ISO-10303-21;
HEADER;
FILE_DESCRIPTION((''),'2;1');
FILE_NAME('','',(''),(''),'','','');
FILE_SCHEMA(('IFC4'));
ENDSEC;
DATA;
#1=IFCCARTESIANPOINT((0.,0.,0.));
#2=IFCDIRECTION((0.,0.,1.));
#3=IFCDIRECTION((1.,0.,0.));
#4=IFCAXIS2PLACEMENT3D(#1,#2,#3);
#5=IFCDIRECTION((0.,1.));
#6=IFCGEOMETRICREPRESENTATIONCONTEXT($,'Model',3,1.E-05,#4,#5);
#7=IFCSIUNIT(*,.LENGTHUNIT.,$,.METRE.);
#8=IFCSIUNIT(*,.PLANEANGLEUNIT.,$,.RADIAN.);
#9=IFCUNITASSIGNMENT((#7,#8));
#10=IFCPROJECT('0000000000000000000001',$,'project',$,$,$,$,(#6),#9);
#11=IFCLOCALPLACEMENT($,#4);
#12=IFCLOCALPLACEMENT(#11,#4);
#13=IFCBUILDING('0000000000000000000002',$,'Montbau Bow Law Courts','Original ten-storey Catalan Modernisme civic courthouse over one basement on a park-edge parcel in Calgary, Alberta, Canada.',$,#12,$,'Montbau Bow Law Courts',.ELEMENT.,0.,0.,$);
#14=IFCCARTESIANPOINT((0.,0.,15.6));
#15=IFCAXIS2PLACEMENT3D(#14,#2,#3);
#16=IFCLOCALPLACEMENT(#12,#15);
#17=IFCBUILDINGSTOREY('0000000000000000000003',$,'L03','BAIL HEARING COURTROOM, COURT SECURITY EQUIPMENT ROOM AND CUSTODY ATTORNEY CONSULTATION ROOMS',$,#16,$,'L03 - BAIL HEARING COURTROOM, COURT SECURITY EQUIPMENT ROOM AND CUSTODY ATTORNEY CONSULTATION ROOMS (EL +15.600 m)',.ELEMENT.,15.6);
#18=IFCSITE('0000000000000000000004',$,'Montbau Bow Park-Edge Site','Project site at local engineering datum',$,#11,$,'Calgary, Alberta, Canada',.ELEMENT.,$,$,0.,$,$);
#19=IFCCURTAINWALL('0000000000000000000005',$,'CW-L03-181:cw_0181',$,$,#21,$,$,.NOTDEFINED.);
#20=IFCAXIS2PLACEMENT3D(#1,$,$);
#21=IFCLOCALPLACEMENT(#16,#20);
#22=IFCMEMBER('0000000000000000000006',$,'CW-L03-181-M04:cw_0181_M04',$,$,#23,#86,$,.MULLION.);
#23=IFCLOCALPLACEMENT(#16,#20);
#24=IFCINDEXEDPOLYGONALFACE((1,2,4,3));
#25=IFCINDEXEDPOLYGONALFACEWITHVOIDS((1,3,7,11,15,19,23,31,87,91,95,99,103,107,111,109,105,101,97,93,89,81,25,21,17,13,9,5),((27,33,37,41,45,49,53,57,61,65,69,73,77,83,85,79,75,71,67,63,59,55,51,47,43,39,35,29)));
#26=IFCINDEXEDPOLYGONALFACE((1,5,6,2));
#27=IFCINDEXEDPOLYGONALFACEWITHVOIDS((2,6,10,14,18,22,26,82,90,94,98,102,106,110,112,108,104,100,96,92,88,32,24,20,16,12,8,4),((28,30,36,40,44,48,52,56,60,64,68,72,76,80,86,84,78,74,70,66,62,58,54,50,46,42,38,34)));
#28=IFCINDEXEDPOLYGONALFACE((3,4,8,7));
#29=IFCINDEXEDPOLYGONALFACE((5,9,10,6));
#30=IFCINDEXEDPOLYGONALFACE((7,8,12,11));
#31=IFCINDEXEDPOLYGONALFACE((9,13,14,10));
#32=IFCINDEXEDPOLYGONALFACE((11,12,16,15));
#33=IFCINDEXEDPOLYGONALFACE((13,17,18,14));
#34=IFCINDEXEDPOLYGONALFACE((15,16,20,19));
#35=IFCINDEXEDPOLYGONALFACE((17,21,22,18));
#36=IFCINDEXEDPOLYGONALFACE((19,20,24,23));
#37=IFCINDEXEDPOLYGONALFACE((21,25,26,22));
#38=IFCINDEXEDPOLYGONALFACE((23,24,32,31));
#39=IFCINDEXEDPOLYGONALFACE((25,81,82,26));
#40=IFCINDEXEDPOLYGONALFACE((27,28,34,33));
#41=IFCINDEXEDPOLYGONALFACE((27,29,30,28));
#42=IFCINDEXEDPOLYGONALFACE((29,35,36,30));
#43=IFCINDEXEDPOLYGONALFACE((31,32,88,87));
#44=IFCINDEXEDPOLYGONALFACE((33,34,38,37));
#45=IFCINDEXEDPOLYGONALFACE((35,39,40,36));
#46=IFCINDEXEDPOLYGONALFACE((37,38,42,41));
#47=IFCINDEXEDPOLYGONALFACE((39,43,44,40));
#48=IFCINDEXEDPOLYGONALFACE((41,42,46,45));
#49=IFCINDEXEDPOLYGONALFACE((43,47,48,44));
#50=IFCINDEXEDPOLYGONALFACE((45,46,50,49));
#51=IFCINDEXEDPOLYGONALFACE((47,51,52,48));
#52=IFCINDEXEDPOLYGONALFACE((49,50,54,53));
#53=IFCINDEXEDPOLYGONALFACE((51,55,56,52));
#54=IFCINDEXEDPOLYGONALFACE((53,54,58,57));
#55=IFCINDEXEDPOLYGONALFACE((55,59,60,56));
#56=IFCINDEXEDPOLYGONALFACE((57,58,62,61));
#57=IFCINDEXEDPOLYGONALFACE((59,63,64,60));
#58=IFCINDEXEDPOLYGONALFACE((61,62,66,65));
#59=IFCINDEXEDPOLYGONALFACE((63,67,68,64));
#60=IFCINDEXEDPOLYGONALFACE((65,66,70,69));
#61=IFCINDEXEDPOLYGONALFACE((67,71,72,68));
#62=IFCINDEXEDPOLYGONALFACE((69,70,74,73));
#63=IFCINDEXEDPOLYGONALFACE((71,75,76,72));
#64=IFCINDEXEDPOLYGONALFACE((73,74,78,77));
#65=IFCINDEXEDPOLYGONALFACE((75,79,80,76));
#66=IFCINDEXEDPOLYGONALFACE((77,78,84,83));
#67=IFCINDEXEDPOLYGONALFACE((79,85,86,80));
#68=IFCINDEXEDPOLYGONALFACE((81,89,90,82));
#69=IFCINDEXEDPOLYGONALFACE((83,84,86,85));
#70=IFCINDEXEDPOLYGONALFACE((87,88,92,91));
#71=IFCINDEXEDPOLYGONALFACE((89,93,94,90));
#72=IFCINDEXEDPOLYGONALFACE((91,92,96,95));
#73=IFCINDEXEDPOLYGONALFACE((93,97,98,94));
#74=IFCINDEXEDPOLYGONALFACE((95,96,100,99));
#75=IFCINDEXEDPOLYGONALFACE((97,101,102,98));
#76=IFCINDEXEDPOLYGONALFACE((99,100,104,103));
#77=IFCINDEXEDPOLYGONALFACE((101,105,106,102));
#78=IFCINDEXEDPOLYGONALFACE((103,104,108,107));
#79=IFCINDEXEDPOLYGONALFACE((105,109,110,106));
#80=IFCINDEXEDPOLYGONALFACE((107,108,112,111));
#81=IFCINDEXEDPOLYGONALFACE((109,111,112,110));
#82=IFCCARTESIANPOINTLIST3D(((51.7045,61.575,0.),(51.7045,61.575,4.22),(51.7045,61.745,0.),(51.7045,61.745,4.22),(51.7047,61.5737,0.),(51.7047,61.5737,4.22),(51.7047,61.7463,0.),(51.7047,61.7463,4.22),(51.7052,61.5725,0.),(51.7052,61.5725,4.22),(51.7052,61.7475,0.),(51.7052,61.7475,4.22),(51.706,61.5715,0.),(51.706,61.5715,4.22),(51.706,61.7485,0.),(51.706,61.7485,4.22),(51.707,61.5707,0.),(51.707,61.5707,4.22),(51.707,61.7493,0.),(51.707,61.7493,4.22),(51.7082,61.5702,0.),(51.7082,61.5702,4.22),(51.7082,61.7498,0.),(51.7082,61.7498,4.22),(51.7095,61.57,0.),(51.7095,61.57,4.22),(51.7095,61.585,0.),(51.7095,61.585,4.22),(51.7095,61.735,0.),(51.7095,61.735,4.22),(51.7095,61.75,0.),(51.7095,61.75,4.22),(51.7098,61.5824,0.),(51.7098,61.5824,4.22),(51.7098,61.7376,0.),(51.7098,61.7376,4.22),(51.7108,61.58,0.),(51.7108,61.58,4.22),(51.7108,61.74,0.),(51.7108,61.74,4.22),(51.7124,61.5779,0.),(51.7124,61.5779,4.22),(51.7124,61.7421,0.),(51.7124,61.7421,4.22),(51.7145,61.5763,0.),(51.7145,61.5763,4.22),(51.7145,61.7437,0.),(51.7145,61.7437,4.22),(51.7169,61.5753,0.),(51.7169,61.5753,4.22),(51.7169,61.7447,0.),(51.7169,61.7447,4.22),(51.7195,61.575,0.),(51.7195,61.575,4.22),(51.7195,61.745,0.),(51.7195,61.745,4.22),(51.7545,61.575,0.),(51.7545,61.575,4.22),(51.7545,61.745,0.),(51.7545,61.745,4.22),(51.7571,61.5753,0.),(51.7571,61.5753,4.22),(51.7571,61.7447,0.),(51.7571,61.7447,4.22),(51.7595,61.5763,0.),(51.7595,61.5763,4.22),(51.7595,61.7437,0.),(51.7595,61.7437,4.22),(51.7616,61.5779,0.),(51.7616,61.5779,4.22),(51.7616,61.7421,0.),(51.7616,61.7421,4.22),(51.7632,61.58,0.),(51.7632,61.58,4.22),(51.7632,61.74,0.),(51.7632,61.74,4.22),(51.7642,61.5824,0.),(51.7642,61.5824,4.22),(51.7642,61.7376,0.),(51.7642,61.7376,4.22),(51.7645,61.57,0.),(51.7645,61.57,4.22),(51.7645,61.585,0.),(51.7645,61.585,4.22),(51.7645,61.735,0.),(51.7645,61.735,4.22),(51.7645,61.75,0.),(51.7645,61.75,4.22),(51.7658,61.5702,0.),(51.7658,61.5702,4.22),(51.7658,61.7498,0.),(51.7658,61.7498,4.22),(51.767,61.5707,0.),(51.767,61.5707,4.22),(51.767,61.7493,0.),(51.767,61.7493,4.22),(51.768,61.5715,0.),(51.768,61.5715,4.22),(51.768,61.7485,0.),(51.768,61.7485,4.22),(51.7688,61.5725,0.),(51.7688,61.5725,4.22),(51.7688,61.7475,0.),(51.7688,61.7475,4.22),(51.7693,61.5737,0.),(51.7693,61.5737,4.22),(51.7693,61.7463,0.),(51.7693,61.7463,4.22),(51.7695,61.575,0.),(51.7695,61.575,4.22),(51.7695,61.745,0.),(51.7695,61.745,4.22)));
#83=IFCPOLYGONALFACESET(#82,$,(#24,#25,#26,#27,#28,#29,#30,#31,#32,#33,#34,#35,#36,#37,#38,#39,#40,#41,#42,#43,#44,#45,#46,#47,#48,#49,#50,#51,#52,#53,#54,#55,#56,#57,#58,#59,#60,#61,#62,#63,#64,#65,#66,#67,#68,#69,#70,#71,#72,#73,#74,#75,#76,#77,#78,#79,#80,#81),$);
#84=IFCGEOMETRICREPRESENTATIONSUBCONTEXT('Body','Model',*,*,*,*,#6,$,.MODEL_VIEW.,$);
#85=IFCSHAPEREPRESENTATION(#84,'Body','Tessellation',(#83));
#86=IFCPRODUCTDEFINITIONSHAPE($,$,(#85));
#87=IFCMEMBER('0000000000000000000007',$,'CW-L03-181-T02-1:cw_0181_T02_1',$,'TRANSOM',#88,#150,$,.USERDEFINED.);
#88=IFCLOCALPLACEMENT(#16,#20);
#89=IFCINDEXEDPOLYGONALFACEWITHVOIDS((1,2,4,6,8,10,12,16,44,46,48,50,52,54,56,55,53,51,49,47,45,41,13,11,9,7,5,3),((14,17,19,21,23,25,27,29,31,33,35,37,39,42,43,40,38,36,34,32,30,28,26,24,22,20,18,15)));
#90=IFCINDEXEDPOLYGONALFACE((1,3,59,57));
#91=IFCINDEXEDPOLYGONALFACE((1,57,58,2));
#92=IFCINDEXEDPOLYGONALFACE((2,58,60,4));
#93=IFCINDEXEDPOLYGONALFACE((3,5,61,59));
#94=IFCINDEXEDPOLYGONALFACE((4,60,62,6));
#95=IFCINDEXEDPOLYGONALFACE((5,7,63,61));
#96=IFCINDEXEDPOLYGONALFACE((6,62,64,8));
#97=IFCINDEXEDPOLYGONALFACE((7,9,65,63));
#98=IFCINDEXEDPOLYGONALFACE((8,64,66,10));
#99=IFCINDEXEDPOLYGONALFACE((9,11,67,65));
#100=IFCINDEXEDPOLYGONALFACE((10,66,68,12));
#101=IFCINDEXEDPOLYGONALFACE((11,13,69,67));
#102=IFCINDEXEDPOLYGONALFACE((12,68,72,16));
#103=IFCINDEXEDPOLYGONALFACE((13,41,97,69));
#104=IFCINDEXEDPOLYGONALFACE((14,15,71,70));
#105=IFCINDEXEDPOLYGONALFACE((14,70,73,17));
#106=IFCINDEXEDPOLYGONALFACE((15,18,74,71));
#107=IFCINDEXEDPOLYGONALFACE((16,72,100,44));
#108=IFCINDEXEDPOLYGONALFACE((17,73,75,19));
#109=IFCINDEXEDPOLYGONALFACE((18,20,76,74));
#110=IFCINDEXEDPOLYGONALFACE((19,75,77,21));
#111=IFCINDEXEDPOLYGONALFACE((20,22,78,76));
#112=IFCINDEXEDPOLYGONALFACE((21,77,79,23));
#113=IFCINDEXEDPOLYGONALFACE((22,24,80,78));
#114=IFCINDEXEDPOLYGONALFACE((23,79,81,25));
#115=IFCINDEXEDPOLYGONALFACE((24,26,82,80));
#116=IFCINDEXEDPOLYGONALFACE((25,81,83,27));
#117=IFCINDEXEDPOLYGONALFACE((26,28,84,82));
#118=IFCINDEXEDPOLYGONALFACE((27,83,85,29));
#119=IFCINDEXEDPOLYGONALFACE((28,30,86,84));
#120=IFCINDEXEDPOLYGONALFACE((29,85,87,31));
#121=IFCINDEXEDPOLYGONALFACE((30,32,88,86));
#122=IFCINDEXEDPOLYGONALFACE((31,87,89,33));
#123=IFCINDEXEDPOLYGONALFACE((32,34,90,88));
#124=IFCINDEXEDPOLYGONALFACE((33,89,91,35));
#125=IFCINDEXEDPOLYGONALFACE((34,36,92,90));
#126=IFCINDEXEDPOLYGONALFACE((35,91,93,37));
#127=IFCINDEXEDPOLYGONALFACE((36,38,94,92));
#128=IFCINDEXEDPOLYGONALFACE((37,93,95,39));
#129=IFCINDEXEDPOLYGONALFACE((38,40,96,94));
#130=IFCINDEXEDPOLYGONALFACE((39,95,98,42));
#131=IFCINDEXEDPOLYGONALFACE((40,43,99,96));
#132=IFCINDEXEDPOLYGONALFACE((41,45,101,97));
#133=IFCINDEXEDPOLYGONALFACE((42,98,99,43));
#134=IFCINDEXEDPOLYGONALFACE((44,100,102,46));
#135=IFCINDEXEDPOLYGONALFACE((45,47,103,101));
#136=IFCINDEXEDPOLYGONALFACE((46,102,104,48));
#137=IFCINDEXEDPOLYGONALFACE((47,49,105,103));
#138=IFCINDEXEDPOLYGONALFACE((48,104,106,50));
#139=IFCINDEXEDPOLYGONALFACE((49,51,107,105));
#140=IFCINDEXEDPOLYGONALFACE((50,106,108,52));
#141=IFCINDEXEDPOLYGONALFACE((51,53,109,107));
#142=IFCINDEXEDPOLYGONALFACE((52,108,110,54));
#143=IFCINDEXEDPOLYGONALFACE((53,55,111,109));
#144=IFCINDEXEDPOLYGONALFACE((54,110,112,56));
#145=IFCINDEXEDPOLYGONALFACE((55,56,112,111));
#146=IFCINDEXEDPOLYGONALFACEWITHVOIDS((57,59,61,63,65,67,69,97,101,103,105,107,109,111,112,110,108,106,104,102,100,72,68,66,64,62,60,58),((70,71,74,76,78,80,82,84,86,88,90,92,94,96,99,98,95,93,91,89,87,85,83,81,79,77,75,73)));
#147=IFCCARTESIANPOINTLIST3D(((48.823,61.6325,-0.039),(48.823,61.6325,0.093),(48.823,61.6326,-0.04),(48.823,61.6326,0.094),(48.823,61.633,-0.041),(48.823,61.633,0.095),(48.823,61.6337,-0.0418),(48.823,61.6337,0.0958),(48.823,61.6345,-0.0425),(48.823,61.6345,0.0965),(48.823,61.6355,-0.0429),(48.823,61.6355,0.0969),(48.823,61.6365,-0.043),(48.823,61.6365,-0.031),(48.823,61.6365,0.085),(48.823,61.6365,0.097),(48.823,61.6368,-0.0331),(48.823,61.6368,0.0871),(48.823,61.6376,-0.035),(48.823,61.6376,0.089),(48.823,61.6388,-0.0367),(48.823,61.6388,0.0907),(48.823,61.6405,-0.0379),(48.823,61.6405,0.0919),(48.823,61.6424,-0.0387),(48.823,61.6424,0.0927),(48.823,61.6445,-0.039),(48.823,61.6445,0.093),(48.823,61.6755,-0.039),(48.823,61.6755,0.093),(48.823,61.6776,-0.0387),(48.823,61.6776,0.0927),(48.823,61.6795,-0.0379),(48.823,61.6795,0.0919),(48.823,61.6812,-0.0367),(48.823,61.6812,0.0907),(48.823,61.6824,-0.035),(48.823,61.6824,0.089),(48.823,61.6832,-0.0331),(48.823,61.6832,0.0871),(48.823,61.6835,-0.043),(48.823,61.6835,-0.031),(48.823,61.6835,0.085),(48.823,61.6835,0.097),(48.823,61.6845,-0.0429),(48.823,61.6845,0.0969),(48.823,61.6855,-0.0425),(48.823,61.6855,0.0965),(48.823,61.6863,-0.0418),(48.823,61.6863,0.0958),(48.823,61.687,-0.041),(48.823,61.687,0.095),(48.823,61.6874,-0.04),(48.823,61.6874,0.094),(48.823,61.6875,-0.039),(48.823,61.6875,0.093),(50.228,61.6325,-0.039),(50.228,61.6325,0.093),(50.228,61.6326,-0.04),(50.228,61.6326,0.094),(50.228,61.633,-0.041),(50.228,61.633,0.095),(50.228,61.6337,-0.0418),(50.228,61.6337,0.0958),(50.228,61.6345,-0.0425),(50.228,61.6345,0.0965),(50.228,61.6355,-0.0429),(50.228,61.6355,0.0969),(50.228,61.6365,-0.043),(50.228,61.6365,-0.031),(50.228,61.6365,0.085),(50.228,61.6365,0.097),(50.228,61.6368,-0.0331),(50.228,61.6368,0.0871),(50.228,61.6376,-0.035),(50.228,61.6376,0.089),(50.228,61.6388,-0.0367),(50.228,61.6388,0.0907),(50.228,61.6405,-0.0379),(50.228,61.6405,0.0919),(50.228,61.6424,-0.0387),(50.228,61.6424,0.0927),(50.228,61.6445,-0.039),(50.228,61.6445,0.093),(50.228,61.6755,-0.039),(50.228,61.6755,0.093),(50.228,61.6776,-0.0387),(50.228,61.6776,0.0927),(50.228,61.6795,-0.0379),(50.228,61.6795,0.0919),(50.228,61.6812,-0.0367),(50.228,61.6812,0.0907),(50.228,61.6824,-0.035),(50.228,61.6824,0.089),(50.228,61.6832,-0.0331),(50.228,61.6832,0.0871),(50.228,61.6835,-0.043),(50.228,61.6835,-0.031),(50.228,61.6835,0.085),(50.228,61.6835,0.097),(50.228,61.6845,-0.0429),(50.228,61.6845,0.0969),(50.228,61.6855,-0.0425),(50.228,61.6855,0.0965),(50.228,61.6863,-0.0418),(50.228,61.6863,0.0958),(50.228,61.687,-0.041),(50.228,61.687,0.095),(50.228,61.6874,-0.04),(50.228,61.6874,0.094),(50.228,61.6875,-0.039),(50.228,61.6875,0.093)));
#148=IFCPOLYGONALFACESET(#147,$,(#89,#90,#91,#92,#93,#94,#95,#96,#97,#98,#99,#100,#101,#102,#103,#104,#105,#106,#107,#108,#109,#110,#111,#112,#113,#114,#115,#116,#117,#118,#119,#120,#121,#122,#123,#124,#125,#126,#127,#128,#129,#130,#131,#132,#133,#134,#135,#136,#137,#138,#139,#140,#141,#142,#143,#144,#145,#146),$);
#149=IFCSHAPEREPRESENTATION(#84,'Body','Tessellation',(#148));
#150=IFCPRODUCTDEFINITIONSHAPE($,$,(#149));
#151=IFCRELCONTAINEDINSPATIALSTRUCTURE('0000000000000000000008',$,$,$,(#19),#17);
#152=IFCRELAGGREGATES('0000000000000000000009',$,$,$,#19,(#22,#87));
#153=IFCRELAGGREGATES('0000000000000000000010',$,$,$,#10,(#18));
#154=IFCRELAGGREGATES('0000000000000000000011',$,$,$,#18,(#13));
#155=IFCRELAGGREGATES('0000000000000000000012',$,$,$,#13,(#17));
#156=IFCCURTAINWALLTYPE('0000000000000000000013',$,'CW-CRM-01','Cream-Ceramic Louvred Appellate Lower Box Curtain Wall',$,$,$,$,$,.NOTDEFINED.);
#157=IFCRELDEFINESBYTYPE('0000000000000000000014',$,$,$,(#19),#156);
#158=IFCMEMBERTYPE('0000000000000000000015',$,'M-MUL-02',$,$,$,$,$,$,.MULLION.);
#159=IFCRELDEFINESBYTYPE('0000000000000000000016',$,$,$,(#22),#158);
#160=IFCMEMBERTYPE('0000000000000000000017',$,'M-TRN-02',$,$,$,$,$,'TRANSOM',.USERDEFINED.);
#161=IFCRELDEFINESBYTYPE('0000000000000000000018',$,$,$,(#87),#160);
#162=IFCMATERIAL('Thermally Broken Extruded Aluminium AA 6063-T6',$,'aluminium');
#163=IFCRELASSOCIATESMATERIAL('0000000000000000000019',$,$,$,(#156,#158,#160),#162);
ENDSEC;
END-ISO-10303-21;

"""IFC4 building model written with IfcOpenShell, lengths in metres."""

from ifc_helpers import new_model, si_unit, direction, frame, origin_with_axes, origin_2d_with_axis, place, context, subcontext, project, spatial, hollow_rectangle, extrude, material, material_profile, profile_set, type_object, element, aggregate, save


model = new_model("IFC4")

# Units and contexts
model_context = context("Model", 3, precision=1e-05, world=origin_with_axes(), true_north=direction((0.0, 1.0)))
body_context = subcontext(model_context, "Body", "Model", "MODEL_VIEW")
ifc_project = project(units=[si_unit("LENGTHUNIT", "METRE"), si_unit("PLANEANGLEUNIT", "RADIAN")], contexts=[model_context])

# Site, building, storey
site_placement = place(None, origin_with_axes())
site = spatial("IfcSite", under=ifc_project, at=site_placement, Name="Montbau Bow Park-Edge Site", Description="Project site at local engineering datum", LongName="Calgary, Alberta, Canada", CompositionType="ELEMENT", RefElevation=0.0)
building_placement = place(site_placement, origin_with_axes())
building = spatial("IfcBuilding", under=site, at=building_placement, Name="Montbau Bow Law Courts", Description="Original ten-storey Catalan Modernisme civic courthouse over one basement on a park-edge parcel in Calgary, Alberta, Canada.", LongName="Montbau Bow Law Courts", CompositionType="ELEMENT", ElevationOfRefHeight=0.0, ElevationOfTerrain=0.0)
storey_placement = place(building_placement, frame((0.0, 0.0, 15.6), z_axis=(0.0, 0.0, 1.0), x_axis=(1.0, 0.0, 0.0)))
storey = spatial("IfcBuildingStorey", under=building, at=storey_placement, Name="L03", Description="BAIL HEARING COURTROOM, COURT SECURITY EQUIPMENT ROOM AND CUSTODY ATTORNEY CONSULTATION ROOMS", LongName="L03 - BAIL HEARING COURTROOM, COURT SECURITY EQUIPMENT ROOM AND CUSTODY ATTORNEY CONSULTATION ROOMS (EL +15.600 m)", CompositionType="ELEMENT", Elevation=15.6)

# Curtain wall, members
ifc_material_1 = material(Name="Thermally Broken Extruded Aluminium AA 6063-T6", Category="aluminium")
curtain_wall_type = type_object("IfcCurtainWallType", Name="CW-CRM-01", Description="Cream-Ceramic Louvred Appellate Lower Box Curtain Wall", PredefinedType="NOTDEFINED", material=ifc_material_1)
curtain_wall_placement = place(None, frame((47.315, 61.66, 15.6), z_axis=(0.0, 0.0, 1.0), x_axis=(1.0, 0.0, 0.0)))
curtain_wall = element("IfcCurtainWall", 1, at=curtain_wall_placement, inside=storey, type_object=curtain_wall_type, Name="CW-L03-181:cw_0181", PredefinedType="NOTDEFINED")
ifc_material_profile_1 = material_profile(ifc_material_1, hollow_rectangle(XDim=0.065, YDim=0.18, WallThickness=0.005, InnerFilletRadius=0.01, OuterFilletRadius=0.005, at=origin_2d_with_axis()), Name="CWM-180X65", Category="Main", Priority=0)
ifc_profile_set_1 = profile_set([ifc_material_profile_1], Name="Thermally Broken Extruded Aluminium AA 6063-T6")
member_type_1 = type_object("IfcMemberType", Name="M-MUL-02", PredefinedType="MULLION", material=ifc_profile_set_1)
member_1_placement = place(None, frame((51.737, 61.66, 15.6), z_axis=(0.0, 0.0, 1.0), x_axis=(1.0, 0.0, 0.0)))
member_1 = element("IfcMember", 2, at=member_1_placement, type_object=member_type_1, Name="CW-L03-181-M04:cw_0181_M04", PredefinedType="MULLION", context=body_context, shape_type="SweptSolid", body=[
    extrude(hollow_rectangle(XDim=0.065, YDim=0.18, WallThickness=0.005, InnerFilletRadius=0.01, OuterFilletRadius=0.005, at=origin_2d_with_axis()), origin_with_axes(), (0.0, 0.0, 1.0), 4.22),
])
ifc_material_profile_2 = material_profile(ifc_material_1, hollow_rectangle(XDim=0.055, YDim=0.14, WallThickness=0.004, InnerFilletRadius=0.008, OuterFilletRadius=0.004, at=origin_2d_with_axis()), Name="CWT-140X55", Category="Main", Priority=0)
ifc_profile_set_2 = profile_set([ifc_material_profile_2], Name="Thermally Broken Extruded Aluminium AA 6063-T6")
member_type_2 = type_object("IfcMemberType", Name="M-TRN-02", ElementType="TRANSOM", PredefinedType="USERDEFINED", material=ifc_profile_set_2)
member_2_placement = place(None, frame((48.823, 61.66, 15.627), z_axis=(1.0, 0.0, 0.0), x_axis=(0.0, 1.0, 0.0)))
member_2 = element("IfcMember", 3, at=member_2_placement, type_object=member_type_2, Name="CW-L03-181-T02-1:cw_0181_T02_1", ObjectType="TRANSOM", PredefinedType="USERDEFINED", context=body_context, shape_type="SweptSolid", body=[
    extrude(hollow_rectangle(XDim=0.055, YDim=0.14, WallThickness=0.004, InnerFilletRadius=0.008, OuterFilletRadius=0.004, at=origin_2d_with_axis()), origin_with_axes(), (0.0, 0.0, 1.0), 1.405),
])
aggregate(curtain_wall, [member_1, member_2])

save(model, "model.ifc")
